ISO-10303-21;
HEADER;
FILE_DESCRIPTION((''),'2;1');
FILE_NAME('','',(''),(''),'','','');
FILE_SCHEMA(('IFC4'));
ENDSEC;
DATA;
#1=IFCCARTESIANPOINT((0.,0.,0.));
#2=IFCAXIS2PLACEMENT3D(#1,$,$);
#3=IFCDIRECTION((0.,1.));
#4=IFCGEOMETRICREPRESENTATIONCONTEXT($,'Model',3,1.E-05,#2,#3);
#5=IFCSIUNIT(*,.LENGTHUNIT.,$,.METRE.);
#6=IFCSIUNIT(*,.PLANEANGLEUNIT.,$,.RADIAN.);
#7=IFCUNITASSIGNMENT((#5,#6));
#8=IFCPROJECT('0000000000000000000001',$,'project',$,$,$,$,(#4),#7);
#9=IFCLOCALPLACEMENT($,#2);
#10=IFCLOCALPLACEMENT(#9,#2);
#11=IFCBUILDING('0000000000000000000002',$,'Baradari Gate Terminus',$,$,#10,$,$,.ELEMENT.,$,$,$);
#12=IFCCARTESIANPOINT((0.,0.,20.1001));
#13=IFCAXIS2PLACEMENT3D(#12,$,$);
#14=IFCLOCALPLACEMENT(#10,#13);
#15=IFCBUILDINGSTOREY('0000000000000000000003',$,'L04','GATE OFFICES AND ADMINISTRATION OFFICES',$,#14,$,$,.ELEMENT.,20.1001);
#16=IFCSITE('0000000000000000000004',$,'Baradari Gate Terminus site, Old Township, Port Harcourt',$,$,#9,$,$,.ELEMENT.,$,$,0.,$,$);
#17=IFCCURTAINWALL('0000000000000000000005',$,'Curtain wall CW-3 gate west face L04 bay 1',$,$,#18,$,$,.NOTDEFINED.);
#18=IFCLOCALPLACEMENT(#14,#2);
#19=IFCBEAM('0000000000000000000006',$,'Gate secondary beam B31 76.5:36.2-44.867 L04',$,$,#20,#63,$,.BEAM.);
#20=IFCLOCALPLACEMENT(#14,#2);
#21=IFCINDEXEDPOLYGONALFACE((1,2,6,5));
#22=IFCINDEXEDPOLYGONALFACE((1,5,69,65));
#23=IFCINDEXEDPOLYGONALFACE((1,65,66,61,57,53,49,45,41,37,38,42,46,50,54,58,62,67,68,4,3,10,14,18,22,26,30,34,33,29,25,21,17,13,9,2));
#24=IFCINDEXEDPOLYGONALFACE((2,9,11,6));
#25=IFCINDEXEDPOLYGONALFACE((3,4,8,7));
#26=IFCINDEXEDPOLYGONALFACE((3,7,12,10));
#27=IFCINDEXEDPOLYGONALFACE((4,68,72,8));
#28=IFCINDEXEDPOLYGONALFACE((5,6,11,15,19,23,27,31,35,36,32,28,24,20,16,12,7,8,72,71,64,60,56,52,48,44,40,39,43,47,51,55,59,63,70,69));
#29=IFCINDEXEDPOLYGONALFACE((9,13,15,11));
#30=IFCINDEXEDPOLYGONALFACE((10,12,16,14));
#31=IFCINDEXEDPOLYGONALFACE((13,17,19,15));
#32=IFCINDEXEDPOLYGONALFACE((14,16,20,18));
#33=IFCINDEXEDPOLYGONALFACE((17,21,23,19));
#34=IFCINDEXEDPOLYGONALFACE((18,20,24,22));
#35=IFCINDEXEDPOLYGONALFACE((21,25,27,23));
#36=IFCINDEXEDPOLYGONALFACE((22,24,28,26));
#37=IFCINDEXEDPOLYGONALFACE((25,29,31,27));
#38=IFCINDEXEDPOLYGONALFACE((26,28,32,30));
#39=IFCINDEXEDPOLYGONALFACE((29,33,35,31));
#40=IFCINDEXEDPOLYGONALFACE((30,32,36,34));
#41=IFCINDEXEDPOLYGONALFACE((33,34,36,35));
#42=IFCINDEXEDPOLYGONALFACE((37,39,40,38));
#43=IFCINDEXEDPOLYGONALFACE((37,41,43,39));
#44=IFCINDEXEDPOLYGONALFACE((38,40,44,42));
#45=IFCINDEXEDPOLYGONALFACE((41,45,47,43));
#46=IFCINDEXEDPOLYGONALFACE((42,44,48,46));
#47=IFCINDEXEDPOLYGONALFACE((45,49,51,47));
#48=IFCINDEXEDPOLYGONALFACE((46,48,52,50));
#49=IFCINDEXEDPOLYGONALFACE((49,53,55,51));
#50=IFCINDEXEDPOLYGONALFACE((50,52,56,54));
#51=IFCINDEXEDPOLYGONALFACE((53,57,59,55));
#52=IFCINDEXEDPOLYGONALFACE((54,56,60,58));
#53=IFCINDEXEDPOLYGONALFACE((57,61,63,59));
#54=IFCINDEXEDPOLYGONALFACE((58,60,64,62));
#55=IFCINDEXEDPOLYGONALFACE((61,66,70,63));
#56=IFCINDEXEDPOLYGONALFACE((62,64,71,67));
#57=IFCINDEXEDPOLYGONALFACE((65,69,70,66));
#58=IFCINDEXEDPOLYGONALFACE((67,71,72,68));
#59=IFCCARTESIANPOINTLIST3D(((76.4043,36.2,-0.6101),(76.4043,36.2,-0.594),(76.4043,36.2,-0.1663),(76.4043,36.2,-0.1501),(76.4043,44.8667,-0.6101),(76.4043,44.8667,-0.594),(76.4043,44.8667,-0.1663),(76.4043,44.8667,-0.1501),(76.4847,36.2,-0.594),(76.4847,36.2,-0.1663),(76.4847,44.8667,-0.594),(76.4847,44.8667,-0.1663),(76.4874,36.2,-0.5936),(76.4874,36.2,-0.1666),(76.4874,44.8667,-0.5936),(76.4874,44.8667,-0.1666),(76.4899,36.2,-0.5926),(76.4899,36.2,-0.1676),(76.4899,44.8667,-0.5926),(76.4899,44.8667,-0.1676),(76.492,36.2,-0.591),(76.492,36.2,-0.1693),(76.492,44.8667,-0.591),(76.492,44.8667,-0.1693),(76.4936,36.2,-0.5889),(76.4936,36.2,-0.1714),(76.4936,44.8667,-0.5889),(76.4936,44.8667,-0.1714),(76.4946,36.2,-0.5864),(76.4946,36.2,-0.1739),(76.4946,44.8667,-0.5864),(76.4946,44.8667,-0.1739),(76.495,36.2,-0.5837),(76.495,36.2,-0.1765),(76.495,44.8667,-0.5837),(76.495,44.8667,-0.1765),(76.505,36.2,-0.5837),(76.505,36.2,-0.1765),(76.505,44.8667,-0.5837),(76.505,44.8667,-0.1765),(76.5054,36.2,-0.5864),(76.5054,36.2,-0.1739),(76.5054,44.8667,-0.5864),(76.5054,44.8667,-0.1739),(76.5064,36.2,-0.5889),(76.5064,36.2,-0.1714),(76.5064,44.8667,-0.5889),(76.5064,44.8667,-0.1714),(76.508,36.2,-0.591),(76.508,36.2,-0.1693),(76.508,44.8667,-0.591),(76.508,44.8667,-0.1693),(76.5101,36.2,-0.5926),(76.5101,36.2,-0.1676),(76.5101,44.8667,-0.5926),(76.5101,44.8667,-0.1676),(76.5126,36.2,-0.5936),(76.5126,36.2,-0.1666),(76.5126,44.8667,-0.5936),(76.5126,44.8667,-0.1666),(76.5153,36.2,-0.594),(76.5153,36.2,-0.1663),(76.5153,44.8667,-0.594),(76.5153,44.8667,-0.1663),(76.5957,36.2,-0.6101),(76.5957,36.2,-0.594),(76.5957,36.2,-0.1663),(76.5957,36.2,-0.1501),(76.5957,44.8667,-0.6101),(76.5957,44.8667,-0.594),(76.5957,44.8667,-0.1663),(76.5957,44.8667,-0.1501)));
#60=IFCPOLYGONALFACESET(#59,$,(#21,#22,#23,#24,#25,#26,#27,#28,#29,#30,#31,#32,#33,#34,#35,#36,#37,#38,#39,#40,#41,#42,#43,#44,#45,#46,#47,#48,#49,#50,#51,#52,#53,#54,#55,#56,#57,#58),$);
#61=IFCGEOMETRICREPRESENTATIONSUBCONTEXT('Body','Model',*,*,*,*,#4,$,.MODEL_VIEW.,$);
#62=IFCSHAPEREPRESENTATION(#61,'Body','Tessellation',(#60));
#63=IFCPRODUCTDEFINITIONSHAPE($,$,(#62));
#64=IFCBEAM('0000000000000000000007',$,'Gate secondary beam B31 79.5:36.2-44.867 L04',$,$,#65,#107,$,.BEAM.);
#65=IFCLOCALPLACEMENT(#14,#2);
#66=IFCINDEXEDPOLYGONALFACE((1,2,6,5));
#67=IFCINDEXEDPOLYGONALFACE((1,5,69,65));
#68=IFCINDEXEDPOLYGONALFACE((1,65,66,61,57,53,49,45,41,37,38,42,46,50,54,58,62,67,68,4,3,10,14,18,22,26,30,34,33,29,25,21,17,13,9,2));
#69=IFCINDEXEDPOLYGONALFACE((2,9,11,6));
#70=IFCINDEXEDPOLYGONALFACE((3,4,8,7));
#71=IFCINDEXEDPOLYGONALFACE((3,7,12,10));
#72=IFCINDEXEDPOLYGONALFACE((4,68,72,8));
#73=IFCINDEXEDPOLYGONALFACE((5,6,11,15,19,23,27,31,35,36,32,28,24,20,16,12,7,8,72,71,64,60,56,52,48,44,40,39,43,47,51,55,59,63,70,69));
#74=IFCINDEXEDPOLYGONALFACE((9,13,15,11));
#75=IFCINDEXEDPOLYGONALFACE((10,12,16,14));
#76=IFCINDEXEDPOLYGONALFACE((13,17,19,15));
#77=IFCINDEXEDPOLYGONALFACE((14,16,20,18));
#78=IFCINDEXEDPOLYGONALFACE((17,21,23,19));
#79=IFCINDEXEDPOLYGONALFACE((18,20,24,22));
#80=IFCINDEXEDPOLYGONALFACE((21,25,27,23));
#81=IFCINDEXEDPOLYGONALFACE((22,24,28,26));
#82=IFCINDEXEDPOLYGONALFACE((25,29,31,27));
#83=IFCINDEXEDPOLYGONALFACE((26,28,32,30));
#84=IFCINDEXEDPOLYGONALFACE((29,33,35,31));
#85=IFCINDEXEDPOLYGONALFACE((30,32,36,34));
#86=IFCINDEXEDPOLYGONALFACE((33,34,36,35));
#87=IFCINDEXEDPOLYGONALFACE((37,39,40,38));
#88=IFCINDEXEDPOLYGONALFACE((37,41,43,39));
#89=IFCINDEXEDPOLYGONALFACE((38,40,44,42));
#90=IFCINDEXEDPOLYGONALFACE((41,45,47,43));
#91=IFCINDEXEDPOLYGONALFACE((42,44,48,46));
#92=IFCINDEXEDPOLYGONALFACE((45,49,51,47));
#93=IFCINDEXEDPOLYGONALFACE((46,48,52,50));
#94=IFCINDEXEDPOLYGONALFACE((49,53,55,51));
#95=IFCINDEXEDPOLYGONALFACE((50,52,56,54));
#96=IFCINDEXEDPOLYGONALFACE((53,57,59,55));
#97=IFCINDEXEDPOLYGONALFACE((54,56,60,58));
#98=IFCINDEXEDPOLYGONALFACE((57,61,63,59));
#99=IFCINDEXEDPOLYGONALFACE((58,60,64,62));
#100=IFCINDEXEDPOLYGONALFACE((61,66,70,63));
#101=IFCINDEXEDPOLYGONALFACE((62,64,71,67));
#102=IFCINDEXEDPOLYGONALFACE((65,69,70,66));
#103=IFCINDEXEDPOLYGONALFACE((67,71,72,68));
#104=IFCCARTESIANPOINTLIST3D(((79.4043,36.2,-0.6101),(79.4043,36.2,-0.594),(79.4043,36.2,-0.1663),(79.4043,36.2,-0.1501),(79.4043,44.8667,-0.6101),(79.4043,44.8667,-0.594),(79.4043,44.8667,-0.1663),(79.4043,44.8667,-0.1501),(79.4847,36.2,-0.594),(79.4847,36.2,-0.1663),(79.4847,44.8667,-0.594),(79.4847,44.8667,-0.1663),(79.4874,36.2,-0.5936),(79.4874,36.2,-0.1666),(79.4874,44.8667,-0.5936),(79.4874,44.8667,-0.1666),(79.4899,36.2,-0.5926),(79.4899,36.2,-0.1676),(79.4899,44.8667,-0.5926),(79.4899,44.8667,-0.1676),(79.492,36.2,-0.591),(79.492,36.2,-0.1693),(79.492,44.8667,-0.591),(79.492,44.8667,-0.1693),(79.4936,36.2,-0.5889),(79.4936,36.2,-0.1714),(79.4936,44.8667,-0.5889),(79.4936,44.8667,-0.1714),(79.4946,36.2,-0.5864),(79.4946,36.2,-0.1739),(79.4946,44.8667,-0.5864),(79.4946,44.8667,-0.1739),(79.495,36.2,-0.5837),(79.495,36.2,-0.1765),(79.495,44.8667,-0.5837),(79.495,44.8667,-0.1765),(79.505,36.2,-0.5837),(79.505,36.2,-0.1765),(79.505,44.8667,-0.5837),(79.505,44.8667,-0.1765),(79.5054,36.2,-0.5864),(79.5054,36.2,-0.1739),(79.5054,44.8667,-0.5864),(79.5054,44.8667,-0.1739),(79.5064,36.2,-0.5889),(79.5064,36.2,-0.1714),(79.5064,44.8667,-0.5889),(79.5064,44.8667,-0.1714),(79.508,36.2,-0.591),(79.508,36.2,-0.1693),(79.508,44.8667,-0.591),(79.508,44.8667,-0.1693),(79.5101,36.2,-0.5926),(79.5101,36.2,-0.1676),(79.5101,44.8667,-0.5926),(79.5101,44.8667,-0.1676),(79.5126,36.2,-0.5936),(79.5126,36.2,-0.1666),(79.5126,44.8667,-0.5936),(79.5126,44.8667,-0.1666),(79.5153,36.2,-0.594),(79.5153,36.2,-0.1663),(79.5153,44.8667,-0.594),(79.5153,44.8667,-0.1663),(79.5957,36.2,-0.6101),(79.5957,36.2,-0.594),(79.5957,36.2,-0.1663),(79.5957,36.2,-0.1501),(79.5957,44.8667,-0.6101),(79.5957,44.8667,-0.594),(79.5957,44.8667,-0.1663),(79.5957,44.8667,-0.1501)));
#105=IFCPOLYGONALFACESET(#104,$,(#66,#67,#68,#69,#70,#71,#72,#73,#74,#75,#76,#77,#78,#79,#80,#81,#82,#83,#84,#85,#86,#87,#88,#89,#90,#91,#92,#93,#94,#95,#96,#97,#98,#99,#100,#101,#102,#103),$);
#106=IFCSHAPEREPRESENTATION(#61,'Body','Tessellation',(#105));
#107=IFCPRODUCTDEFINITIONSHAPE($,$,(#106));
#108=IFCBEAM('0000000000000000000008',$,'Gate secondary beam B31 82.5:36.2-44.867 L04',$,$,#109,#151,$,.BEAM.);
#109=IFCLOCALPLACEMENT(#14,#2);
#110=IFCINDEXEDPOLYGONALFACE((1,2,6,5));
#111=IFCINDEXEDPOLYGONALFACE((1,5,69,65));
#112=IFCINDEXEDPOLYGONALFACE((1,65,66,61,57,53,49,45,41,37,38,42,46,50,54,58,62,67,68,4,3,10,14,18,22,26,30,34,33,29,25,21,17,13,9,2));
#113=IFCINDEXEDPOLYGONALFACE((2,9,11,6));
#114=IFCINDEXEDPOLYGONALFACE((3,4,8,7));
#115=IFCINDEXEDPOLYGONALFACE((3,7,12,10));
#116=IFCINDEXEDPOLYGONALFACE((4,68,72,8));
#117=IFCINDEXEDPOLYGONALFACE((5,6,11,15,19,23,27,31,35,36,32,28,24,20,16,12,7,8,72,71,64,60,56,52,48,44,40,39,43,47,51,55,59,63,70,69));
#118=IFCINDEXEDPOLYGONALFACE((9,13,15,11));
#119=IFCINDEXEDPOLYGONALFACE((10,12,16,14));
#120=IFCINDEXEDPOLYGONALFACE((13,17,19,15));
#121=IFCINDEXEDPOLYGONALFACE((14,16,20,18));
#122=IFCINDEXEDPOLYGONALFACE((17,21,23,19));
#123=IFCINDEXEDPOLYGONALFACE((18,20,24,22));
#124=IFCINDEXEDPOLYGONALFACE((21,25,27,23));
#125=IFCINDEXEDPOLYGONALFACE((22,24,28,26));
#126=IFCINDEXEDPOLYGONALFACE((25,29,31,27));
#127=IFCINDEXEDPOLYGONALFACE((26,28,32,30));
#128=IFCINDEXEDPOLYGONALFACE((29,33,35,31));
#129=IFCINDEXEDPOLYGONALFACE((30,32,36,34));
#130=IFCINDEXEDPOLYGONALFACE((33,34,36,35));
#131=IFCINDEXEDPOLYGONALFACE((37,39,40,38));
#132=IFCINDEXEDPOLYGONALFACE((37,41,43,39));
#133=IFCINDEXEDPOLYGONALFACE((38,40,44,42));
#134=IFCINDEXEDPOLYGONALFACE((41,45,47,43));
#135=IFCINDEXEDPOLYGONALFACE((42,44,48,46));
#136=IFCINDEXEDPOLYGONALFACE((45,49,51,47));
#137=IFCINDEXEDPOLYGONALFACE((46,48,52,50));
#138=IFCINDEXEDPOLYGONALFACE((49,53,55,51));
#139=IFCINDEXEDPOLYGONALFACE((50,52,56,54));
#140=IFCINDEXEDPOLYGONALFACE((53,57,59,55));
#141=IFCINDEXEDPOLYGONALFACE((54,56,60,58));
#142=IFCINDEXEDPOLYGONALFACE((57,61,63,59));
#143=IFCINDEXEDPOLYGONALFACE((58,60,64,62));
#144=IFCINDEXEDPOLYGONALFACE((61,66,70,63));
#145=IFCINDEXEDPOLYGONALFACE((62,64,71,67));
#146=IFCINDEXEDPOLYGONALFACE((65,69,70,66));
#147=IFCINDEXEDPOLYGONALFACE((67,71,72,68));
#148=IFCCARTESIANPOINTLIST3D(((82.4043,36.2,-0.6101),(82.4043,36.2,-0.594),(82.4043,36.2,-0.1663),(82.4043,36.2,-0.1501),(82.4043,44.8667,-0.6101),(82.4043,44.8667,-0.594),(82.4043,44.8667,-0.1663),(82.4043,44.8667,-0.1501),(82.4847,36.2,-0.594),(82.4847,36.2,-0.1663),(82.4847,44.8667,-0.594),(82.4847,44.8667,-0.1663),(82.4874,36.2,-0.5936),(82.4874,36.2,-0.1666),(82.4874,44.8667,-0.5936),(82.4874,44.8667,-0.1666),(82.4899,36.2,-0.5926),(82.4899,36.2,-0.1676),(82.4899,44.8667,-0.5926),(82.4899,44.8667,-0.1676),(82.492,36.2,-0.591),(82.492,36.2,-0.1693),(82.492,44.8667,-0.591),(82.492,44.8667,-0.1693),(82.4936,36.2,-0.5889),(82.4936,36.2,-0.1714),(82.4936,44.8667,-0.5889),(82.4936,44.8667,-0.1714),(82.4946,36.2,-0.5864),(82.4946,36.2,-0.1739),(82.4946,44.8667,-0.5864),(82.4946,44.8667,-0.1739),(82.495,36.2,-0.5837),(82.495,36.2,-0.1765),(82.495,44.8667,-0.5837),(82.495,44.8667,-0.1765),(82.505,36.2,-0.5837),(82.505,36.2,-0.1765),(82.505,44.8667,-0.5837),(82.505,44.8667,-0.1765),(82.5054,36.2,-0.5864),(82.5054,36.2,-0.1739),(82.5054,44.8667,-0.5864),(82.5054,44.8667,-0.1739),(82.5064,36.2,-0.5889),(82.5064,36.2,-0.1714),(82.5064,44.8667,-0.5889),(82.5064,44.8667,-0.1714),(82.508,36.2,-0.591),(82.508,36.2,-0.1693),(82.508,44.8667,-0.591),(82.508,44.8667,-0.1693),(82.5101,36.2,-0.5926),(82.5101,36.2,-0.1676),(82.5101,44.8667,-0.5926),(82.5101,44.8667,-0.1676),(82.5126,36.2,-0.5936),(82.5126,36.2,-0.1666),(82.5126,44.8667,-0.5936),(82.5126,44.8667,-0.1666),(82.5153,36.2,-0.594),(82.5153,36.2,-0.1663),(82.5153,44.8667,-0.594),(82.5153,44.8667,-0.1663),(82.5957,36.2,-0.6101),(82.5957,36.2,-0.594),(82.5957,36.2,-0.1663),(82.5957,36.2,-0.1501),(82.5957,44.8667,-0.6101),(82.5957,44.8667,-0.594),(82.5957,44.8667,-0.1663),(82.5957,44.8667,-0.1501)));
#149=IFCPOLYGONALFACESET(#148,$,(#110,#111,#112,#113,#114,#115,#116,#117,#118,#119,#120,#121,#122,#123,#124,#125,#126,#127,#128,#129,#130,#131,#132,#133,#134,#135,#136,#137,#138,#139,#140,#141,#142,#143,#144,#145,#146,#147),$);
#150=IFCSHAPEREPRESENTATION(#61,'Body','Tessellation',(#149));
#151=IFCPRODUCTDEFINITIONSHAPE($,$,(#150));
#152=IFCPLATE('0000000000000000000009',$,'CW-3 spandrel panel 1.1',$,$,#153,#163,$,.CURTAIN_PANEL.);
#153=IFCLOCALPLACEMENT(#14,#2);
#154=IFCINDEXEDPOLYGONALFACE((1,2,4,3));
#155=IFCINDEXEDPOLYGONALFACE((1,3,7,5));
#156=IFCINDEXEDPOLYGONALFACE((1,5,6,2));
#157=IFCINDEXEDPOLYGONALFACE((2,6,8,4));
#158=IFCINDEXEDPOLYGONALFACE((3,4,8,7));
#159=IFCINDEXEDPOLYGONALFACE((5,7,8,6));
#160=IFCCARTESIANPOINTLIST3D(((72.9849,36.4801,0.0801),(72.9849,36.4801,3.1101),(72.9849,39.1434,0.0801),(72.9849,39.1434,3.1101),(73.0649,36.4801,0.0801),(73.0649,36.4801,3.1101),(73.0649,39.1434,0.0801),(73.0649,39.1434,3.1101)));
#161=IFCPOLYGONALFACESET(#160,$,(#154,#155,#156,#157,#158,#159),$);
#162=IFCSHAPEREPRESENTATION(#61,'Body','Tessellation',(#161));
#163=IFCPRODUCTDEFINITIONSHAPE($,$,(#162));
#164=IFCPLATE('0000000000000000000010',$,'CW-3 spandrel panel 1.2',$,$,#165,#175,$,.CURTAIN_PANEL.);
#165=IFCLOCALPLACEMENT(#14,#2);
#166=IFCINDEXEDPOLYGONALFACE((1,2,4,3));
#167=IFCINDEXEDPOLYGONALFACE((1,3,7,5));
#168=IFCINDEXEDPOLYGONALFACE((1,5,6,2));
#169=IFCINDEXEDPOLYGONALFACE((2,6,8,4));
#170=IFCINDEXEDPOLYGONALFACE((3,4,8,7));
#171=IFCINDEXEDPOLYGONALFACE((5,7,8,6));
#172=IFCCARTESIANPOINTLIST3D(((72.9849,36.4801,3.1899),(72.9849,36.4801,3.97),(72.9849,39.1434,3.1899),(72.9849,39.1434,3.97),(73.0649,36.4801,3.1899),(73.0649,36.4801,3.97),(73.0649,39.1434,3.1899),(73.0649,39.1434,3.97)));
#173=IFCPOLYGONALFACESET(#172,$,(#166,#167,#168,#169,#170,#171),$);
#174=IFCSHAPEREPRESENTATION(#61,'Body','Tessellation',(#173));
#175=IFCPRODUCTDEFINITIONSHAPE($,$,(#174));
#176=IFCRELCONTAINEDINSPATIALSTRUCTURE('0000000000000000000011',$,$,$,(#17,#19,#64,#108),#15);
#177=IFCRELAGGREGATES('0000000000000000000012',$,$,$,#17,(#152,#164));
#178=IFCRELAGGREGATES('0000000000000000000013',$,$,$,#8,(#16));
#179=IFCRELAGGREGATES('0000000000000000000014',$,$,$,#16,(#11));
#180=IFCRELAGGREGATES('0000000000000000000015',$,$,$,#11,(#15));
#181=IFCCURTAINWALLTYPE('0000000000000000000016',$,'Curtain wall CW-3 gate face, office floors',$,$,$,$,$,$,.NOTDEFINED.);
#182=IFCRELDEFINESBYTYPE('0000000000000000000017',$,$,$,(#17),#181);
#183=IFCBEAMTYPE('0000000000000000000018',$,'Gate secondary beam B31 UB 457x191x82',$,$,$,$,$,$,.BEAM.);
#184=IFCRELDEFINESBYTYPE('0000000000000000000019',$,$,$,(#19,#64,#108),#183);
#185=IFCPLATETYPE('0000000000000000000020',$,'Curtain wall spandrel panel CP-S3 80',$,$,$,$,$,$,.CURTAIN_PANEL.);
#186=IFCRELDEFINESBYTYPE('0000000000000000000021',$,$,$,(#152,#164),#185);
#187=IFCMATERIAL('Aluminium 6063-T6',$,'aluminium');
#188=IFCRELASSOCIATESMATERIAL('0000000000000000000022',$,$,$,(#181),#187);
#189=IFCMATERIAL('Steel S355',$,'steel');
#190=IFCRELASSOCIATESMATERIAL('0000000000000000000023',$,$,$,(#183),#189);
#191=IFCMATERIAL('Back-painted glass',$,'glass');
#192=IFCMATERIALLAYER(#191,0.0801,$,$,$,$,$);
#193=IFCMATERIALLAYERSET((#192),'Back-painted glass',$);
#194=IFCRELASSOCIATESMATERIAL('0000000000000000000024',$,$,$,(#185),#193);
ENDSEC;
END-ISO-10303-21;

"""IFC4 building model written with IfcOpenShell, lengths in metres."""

from ifc_helpers import new_model, si_unit, direction, frame, origin, origin_2d, place, context, subcontext, project, spatial, rectangle, i_section, extrude, material, layer, layer_set, material_profile, profile_set, type_object, element, aggregate, save


model = new_model("IFC4")

# Units and contexts
model_context = context("Model", 3, precision=1e-05, world=origin(), true_north=direction((0.0, 1.0)))
body_context = subcontext(model_context, "Body", "Model", "MODEL_VIEW")
ifc_project = project(units=[si_unit("LENGTHUNIT", "METRE"), si_unit("PLANEANGLEUNIT", "RADIAN")], contexts=[model_context])

# Site, building, storey
site_placement = place(None, origin())
site = spatial("IfcSite", under=ifc_project, at=site_placement, Name="Baradari Gate Terminus site, Old Township, Port Harcourt", CompositionType="ELEMENT", RefElevation=0.0)
building_placement = place(site_placement, origin())
building = spatial("IfcBuilding", under=site, at=building_placement, Name="Baradari Gate Terminus", CompositionType="ELEMENT")
storey_placement = place(building_placement, frame((0.0, 0.0, 20.1001)))
storey = spatial("IfcBuildingStorey", under=building, at=storey_placement, Name="L04", Description="GATE OFFICES AND ADMINISTRATION OFFICES", CompositionType="ELEMENT", Elevation=20.1001)

# Curtain wall
ifc_material_1 = material(Name="Aluminium 6063-T6", Category="aluminium")
curtain_wall_type = type_object("IfcCurtainWallType", Name="Curtain wall CW-3 gate face, office floors", PredefinedType="NOTDEFINED", material=ifc_material_1)
curtain_wall_placement = place(storey_placement, origin())
curtain_wall = element("IfcCurtainWall", 1, at=curtain_wall_placement, inside=storey, type_object=curtain_wall_type, Name="Curtain wall CW-3 gate west face L04 bay 1", PredefinedType="NOTDEFINED")

# Beams
ifc_material_2 = material(Name="Steel S355", Category="steel")
ifc_material_profile_1 = material_profile(ifc_material_2, i_section(OverallWidth=0.1914, OverallDepth=0.46, WebThickness=0.01, FlangeThickness=0.0161, FilletRadius=0.0103, at=origin_2d()), Name="UB 457x191x82")
ifc_profile_set_1 = profile_set([ifc_material_profile_1], Name="Steel S355")
beam_type_1 = type_object("IfcBeamType", Name="Gate secondary beam B31 UB 457x191x82", PredefinedType="BEAM", material=ifc_profile_set_1)
for number, where, z_axis, x_axis, name in (
    (2, (76.5, 36.2, -0.3801), (0.0, 1.0, 0.0), (-1.0, 0.0, 0.0), "Gate secondary beam B31 76.5:36.2-44.867 L04"),
    (3, (79.5, 36.2, -0.3801), (0.0, 1.0, 0.0), (-1.0, 0.0, 0.0), "Gate secondary beam B31 79.5:36.2-44.867 L04"),
    (4, (82.5, 36.2, -0.3801), (0.0, 1.0, 0.0), (-1.0, 0.0, 0.0), "Gate secondary beam B31 82.5:36.2-44.867 L04"),
):
    element("IfcBeam", number, at=place(storey_placement, frame(where, z_axis=z_axis, x_axis=x_axis)), inside=storey, type_object=beam_type_1, Name=name, PredefinedType="BEAM", context=body_context, shape_type="SweptSolid", body=[
        extrude(i_section(OverallWidth=0.1914, OverallDepth=0.46, WebThickness=0.01, FlangeThickness=0.0161, FilletRadius=0.0103, at=origin_2d()), origin(), (0.0, 0.0, 1.0), 8.6667),
    ])

# Plates
ifc_material_3 = material(Name="Back-painted glass", Category="glass")
ifc_layer_1 = layer(ifc_material_3, 0.0801)
ifc_layer_set_1 = layer_set([ifc_layer_1], Name="Back-painted glass")
plate_type = type_object("IfcPlateType", Name="Curtain wall spandrel panel CP-S3 80", PredefinedType="CURTAIN_PANEL", material=ifc_layer_set_1)
plate_1_placement = place(storey_placement, frame((73.0249, 37.8118, 0.0801), z_axis=(0.0, 0.0, 1.0), x_axis=(0.0, 1.0, 0.0)))
plate_1 = element("IfcPlate", 5, at=plate_1_placement, type_object=plate_type, Name="CW-3 spandrel panel 1.1", PredefinedType="CURTAIN_PANEL", context=body_context, shape_type="SweptSolid", body=[
    extrude(rectangle(XDim=2.6633, YDim=0.0801, at=origin_2d()), origin(), (0.0, 0.0, 1.0), 3.03),
])
plate_2_placement = place(storey_placement, frame((73.0249, 37.8118, 3.1899), z_axis=(0.0, 0.0, 1.0), x_axis=(0.0, 1.0, 0.0)))
plate_2 = element("IfcPlate", 6, at=plate_2_placement, type_object=plate_type, Name="CW-3 spandrel panel 1.2", PredefinedType="CURTAIN_PANEL", context=body_context, shape_type="SweptSolid", body=[
    extrude(rectangle(XDim=2.6633, YDim=0.0801, at=origin_2d()), origin(), (0.0, 0.0, 1.0), 0.78),
])
aggregate(curtain_wall, [plate_1, plate_2])

save(model, "model.ifc")
